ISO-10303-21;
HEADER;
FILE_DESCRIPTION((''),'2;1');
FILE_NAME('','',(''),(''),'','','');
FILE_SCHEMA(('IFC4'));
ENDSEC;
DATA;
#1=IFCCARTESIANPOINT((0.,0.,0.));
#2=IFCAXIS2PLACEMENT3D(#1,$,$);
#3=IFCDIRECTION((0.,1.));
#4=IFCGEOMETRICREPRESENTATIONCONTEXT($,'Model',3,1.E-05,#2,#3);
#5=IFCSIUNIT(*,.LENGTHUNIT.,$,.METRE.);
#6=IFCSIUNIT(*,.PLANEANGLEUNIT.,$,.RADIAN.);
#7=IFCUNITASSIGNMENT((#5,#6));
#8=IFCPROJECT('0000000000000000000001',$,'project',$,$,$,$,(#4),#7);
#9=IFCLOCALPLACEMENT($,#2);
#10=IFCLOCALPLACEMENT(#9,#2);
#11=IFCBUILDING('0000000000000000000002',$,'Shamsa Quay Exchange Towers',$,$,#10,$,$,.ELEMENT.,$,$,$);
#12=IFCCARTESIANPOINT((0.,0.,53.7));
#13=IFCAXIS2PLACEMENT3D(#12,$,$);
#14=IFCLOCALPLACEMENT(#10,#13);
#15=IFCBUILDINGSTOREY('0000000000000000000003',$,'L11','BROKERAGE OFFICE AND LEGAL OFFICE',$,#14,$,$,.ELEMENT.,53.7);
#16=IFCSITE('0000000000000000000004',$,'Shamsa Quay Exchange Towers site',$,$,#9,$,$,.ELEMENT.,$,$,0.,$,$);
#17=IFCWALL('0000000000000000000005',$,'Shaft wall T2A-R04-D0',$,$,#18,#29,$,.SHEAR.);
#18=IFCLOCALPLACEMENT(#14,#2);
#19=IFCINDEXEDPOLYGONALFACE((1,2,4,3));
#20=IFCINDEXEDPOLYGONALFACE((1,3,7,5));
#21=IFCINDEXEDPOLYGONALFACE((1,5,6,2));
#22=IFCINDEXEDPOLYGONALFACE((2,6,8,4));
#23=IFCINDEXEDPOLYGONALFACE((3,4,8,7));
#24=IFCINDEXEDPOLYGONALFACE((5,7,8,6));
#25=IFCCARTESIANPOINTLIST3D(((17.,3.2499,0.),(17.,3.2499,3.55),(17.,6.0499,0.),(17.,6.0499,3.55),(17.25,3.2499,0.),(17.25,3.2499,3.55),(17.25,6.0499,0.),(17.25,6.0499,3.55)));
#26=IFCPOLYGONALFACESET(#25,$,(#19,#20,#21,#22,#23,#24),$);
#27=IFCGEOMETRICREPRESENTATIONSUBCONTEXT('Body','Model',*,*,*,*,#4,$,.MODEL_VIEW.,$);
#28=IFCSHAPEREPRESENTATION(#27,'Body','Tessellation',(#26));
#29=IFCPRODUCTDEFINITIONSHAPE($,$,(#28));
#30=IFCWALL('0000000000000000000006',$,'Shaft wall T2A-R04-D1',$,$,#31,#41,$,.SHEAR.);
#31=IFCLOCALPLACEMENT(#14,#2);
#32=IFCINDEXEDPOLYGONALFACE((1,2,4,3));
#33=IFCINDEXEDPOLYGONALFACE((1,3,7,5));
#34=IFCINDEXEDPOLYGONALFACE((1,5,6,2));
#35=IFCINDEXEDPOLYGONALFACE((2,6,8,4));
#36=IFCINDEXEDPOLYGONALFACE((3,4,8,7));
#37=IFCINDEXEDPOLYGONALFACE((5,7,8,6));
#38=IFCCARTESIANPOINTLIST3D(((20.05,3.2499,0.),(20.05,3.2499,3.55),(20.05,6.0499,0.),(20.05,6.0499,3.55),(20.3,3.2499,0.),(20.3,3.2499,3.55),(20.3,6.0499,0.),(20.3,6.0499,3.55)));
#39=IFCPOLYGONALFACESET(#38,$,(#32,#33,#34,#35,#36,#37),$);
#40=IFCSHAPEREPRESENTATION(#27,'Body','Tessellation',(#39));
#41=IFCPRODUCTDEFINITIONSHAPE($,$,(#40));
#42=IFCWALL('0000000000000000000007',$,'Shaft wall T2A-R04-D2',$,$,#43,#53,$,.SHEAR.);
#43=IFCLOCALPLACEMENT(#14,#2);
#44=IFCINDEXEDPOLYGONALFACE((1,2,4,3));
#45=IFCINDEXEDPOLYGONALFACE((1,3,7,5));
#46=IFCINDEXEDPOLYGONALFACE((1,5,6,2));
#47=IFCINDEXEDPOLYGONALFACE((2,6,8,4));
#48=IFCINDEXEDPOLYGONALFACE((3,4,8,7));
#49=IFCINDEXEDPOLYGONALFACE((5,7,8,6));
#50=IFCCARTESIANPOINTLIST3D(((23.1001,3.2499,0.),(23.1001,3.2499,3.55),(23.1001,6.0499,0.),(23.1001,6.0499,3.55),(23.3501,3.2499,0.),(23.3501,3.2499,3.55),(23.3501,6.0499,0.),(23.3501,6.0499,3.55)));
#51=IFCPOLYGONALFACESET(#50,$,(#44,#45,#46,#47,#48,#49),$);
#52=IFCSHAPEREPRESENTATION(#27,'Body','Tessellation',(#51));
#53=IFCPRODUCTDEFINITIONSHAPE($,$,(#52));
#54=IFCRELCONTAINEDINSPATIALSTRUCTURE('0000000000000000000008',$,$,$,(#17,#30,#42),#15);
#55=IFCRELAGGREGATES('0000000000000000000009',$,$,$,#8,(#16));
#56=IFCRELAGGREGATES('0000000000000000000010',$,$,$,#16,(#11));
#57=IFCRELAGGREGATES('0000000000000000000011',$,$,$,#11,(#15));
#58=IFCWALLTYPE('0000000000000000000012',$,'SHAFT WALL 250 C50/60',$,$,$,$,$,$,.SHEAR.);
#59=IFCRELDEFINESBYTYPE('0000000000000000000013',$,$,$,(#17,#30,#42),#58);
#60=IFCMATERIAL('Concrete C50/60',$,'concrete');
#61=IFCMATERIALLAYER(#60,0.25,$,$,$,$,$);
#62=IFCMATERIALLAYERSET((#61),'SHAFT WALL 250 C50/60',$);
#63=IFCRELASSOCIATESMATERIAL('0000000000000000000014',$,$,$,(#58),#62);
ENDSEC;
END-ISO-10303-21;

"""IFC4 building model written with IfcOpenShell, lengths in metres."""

from ifc_helpers import new_model, si_unit, direction, frame, frame_2d, origin, place, context, subcontext, project, spatial, rectangle, extrude, material, layer, layer_set, type_object, element, save


model = new_model("IFC4")

# Units and contexts
model_context = context("Model", 3, precision=1e-05, world=origin(), true_north=direction((0.0, 1.0)))
body_context = subcontext(model_context, "Body", "Model", "MODEL_VIEW")
ifc_project = project(units=[si_unit("LENGTHUNIT", "METRE"), si_unit("PLANEANGLEUNIT", "RADIAN")], contexts=[model_context])

# Site, building, storey
site_placement = place(None, origin())
site = spatial("IfcSite", under=ifc_project, at=site_placement, Name="Shamsa Quay Exchange Towers site", CompositionType="ELEMENT", RefElevation=0.0)
building_placement = place(site_placement, origin())
building = spatial("IfcBuilding", under=site, at=building_placement, Name="Shamsa Quay Exchange Towers", CompositionType="ELEMENT")
storey_placement = place(building_placement, frame((0.0, 0.0, 53.7)))
storey = spatial("IfcBuildingStorey", under=building, at=storey_placement, Name="L11", Description="BROKERAGE OFFICE AND LEGAL OFFICE", CompositionType="ELEMENT", Elevation=53.7)

# Shared definitions
ifc_material_1 = material(Name="Concrete C50/60", Category="concrete")
ifc_layer_1 = layer(ifc_material_1, 0.25)
ifc_layer_set_1 = layer_set([ifc_layer_1], Name="SHAFT WALL 250 C50/60")
wall_type_1 = type_object("IfcWallType", Name="SHAFT WALL 250 C50/60", PredefinedType="SHEAR", material=ifc_layer_set_1)

# Walls
for number, where, z_axis, x_axis, name in (
    (1, (17.125, 3.25, 0.0), (0.0, 0.0, 1.0), (0.0, 1.0, 0.0), "Shaft wall T2A-R04-D0"),
    (2, (20.175, 3.25, 0.0), (0.0, 0.0, 1.0), (0.0, 1.0, 0.0), "Shaft wall T2A-R04-D1"),
    (3, (23.2251, 3.25, 0.0), (0.0, 0.0, 1.0), (0.0, 1.0, 0.0), "Shaft wall T2A-R04-D2"),
):
    element("IfcWall", number, at=place(storey_placement, frame(where, z_axis=z_axis, x_axis=x_axis)), inside=storey, type_object=wall_type_1, Name=name, PredefinedType="SHEAR", context=body_context, shape_type="SweptSolid", body=[
        extrude(rectangle(XDim=2.8, YDim=0.25, at=frame_2d((1.3999, 0.0))), origin(), (0.0, 0.0, 1.0), 3.55),
    ])

save(model, "model.ifc")
